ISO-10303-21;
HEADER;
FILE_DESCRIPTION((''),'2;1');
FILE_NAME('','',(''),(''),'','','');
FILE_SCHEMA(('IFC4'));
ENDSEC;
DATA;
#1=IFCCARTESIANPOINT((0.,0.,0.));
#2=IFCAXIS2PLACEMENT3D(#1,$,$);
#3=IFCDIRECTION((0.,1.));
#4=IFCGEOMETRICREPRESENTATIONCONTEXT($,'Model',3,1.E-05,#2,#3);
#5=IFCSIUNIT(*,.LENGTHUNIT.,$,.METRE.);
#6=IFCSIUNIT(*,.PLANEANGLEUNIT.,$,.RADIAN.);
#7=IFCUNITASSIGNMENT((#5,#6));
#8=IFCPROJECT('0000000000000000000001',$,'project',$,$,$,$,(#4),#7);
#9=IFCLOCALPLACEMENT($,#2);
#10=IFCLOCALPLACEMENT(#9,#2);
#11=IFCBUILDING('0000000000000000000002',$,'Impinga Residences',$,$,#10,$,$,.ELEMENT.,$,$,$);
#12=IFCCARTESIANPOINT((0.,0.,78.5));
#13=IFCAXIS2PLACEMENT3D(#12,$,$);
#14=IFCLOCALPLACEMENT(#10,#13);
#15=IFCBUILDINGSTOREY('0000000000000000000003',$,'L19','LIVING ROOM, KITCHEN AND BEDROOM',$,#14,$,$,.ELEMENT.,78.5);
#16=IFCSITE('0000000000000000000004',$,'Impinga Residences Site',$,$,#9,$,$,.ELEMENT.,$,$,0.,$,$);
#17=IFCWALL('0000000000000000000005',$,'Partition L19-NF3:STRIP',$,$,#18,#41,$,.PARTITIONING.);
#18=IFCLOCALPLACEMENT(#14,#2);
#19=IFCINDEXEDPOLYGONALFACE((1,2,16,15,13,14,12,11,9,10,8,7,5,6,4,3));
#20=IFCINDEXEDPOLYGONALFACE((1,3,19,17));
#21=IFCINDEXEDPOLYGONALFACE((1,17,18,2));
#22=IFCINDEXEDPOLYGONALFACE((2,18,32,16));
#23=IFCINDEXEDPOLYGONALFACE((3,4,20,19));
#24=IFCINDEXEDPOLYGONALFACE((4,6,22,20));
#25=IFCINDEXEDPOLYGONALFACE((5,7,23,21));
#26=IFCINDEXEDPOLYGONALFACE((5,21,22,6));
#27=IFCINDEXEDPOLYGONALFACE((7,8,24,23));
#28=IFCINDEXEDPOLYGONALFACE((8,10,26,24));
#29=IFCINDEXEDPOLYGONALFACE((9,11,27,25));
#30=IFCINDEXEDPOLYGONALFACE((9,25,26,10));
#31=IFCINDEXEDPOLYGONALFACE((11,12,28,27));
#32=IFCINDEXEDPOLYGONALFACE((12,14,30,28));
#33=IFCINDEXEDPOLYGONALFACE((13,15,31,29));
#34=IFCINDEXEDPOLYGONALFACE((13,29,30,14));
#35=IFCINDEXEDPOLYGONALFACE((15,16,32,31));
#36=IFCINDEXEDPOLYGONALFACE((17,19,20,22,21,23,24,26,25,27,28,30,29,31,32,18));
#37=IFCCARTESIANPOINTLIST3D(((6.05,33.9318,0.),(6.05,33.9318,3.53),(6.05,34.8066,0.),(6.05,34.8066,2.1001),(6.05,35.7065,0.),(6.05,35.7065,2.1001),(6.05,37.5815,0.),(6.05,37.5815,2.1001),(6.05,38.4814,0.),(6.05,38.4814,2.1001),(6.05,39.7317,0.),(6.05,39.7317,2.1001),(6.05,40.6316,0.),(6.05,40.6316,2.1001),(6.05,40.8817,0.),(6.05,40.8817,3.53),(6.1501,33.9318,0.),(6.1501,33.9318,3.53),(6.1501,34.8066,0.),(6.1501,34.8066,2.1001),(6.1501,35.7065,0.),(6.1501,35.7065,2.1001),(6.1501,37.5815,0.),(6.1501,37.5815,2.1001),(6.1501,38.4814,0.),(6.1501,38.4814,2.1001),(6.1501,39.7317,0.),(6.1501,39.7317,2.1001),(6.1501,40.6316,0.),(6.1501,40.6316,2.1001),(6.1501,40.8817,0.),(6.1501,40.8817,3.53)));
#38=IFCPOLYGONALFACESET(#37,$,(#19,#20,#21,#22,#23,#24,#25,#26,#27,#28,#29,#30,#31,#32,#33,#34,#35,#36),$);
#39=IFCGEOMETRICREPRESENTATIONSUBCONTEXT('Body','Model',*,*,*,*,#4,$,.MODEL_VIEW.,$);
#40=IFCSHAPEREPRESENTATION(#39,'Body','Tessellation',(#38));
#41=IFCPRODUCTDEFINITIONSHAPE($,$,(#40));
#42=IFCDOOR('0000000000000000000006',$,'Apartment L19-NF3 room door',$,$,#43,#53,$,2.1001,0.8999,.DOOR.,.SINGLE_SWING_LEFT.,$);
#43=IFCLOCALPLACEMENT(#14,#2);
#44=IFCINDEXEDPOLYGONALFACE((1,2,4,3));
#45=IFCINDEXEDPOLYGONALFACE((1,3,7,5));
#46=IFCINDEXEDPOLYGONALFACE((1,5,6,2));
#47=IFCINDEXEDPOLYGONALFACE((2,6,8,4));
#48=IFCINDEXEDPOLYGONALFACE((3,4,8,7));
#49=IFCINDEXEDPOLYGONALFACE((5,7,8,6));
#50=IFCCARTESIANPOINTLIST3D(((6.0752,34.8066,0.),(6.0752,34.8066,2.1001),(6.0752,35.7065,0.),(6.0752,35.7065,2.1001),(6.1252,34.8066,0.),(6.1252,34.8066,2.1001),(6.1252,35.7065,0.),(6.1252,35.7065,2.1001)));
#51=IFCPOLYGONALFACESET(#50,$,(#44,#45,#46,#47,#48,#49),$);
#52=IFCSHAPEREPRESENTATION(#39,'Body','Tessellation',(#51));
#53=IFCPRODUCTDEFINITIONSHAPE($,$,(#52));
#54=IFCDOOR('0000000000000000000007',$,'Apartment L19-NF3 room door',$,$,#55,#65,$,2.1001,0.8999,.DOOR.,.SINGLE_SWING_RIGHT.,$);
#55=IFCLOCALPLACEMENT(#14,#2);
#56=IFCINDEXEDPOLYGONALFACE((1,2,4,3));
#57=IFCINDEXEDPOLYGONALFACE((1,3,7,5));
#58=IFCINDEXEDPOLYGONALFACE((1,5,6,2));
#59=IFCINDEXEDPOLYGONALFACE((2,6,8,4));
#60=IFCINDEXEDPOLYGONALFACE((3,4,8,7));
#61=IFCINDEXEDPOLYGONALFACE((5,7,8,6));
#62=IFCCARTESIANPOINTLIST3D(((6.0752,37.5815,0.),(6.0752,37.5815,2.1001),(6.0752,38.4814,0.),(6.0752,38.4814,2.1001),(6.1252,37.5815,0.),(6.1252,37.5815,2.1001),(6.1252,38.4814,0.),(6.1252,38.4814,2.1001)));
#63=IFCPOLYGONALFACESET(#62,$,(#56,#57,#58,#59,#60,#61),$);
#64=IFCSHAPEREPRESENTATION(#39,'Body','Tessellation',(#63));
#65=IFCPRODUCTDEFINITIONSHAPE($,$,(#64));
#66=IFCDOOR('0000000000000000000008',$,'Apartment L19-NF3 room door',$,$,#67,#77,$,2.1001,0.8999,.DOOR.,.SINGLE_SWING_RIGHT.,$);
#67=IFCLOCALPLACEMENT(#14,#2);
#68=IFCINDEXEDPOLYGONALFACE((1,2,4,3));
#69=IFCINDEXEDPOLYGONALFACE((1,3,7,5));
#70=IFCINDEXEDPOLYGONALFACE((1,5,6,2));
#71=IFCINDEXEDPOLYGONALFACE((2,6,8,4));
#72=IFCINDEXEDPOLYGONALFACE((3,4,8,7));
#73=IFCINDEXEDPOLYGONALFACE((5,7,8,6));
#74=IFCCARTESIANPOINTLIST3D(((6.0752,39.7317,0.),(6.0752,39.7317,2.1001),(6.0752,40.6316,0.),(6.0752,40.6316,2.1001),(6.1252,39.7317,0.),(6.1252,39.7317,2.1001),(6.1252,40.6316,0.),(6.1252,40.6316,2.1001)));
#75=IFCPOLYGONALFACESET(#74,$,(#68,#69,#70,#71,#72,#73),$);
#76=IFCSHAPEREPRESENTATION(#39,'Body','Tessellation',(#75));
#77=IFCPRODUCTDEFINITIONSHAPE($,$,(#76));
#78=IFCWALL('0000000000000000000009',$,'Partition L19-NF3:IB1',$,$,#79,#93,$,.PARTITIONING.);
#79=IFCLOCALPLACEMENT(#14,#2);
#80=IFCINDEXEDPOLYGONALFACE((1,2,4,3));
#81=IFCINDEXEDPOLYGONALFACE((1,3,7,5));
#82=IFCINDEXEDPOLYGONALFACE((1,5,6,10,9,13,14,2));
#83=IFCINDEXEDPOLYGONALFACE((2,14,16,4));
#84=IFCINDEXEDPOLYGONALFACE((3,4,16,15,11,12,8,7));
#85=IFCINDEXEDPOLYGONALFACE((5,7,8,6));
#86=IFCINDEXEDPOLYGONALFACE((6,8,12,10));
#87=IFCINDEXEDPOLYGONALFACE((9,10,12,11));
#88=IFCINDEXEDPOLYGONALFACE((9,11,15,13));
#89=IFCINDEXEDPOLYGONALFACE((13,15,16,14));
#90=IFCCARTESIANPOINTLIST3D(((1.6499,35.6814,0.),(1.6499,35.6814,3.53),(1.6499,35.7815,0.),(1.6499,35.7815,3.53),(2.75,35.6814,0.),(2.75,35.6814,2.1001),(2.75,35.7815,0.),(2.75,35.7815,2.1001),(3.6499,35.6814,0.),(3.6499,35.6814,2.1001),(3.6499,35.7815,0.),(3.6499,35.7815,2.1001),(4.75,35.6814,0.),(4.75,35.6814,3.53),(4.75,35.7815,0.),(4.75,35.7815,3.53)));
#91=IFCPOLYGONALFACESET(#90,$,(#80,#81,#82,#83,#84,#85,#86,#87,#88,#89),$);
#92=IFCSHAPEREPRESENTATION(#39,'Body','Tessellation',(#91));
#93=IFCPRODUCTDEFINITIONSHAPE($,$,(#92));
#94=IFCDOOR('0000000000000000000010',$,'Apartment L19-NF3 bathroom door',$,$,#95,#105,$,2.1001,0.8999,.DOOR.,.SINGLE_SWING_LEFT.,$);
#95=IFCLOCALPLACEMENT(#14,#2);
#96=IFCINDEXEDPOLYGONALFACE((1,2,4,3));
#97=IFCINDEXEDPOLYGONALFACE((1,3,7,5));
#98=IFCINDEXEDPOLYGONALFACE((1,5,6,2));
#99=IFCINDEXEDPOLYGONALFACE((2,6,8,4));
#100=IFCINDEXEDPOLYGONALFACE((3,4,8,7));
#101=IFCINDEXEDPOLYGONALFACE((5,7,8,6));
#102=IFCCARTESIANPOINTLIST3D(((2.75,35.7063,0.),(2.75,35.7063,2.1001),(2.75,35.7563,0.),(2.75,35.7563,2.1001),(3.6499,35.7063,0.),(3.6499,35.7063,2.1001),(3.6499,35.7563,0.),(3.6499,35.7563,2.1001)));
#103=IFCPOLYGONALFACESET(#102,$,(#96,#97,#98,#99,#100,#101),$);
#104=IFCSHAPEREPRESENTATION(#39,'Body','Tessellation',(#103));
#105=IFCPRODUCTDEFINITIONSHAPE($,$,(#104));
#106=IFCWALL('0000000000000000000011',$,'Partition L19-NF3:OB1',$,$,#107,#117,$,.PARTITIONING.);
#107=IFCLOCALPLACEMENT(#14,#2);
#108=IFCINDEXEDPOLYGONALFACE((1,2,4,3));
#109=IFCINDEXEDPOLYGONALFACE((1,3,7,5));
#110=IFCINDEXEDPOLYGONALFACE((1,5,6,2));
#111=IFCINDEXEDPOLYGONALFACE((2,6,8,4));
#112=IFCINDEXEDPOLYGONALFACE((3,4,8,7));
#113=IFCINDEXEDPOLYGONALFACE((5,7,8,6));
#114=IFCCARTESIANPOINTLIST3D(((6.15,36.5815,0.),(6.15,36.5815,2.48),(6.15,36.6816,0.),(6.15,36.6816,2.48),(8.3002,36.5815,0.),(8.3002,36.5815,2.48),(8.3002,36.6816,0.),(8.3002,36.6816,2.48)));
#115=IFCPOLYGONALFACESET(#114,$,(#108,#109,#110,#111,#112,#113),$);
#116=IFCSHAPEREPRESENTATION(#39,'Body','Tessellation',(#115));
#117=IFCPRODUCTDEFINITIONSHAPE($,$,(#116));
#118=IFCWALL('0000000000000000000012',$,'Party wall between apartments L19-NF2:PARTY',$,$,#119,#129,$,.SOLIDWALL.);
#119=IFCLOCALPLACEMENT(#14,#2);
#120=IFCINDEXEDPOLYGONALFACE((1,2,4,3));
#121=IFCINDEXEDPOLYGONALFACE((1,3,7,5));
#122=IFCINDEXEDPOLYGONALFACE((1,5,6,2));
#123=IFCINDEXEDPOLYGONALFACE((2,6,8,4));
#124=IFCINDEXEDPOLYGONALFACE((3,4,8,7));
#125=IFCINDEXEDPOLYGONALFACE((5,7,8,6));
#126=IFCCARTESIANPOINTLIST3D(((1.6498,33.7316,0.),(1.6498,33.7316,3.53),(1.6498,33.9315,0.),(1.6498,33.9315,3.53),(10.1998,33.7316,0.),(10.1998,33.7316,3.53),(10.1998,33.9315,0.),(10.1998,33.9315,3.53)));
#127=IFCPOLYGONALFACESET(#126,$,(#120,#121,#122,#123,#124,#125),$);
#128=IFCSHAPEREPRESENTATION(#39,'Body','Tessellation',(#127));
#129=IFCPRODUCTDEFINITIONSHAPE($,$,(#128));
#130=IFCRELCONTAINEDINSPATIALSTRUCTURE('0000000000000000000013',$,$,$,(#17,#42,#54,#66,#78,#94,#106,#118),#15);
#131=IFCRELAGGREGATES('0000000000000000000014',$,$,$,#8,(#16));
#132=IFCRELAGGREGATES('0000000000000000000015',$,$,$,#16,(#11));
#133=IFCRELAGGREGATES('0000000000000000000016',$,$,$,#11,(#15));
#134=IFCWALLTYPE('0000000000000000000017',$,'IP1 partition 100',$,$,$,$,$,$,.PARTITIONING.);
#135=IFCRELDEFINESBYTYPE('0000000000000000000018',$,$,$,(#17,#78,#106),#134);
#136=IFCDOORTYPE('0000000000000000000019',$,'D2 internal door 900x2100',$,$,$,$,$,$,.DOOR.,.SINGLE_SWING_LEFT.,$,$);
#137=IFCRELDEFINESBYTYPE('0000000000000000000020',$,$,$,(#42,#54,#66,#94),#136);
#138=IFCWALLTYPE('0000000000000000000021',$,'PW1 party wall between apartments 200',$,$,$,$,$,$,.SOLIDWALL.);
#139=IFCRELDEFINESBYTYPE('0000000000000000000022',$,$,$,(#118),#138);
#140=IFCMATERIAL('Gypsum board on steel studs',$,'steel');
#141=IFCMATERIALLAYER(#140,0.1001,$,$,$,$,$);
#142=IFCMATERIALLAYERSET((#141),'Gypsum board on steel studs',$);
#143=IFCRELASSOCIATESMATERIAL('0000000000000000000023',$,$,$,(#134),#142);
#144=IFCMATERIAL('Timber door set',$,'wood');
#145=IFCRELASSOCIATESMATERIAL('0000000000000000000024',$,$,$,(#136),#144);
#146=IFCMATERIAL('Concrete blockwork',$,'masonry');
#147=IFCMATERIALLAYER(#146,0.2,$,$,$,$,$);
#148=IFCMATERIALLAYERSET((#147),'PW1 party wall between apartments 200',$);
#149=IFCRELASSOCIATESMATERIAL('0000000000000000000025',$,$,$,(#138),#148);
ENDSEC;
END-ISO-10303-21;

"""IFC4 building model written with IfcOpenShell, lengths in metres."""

from ifc_helpers import new_model, si_unit, direction, frame, frame_2d, origin, place, context, subcontext, project, spatial, rectangle, extrude, material, layer, layer_set, type_object, element, fill, save


model = new_model("IFC4")

# Units and contexts
model_context = context("Model", 3, precision=1e-05, world=origin(), true_north=direction((0.0, 1.0)))
body_context = subcontext(model_context, "Body", "Model", "MODEL_VIEW")
ifc_project = project(units=[si_unit("LENGTHUNIT", "METRE"), si_unit("PLANEANGLEUNIT", "RADIAN")], contexts=[model_context])

# Site, building, storey
site_placement = place(None, origin())
site = spatial("IfcSite", under=ifc_project, at=site_placement, Name="Impinga Residences Site", CompositionType="ELEMENT", RefElevation=0.0)
building_placement = place(site_placement, origin())
building = spatial("IfcBuilding", under=site, at=building_placement, Name="Impinga Residences", CompositionType="ELEMENT")
storey_placement = place(building_placement, frame((0.0, 0.0, 78.5)))
storey = spatial("IfcBuildingStorey", under=building, at=storey_placement, Name="L19", Description="LIVING ROOM, KITCHEN AND BEDROOM", CompositionType="ELEMENT", Elevation=78.5)

# Shared definitions
ifc_material_1 = material(Name="Gypsum board on steel studs", Category="steel")
ifc_layer_1 = layer(ifc_material_1, 0.1001)
ifc_layer_set_1 = layer_set([ifc_layer_1], Name="Gypsum board on steel studs")
wall_type_1 = type_object("IfcWallType", Name="IP1 partition 100", PredefinedType="PARTITIONING", material=ifc_layer_set_1)

# Shared definitions
ifc_material_2 = material(Name="Timber door set", Category="wood")
door_type = type_object("IfcDoorType", Name="D2 internal door 900x2100", OperationType="SINGLE_SWING_LEFT", PredefinedType="DOOR", material=ifc_material_2)

# Wall, openings, doors
wall_1_placement = place(storey_placement, frame((6.1001, 33.9316, 0.0), z_axis=(0.0, 0.0, 1.0), x_axis=(0.0, 1.0, 0.0)))
wall_1 = element("IfcWall", 1, at=wall_1_placement, inside=storey, type_object=wall_type_1, Name="Partition L19-NF3:STRIP", PredefinedType="PARTITIONING", context=body_context, shape_type="SweptSolid", body=[
    extrude(rectangle(XDim=6.95, YDim=0.1001, at=frame_2d((3.4751, 0.0))), origin(), (0.0, 0.0, 1.0), 3.53),
])
opening_1_placement = place(wall_1_placement, frame((0.875, 0.0, 0.0)))
opening_1 = element("IfcOpeningElement", 2, at=opening_1_placement, cuts=wall_1, PredefinedType="OPENING", context=body_context, shape_type="SweptSolid", body=[
    extrude(rectangle(XDim=0.8999, YDim=2.1001, at=frame_2d((0.45, 1.05))), frame((0.0, 0.0601, 0.0), z_axis=(0.0, -1.0, 0.0), x_axis=(1.0, 0.0, 0.0)), (0.0, 0.0, 1.0), 0.1201),
])
opening_2_placement = place(wall_1_placement, frame((3.6499, 0.0, 0.0)))
opening_2 = element("IfcOpeningElement", 3, at=opening_2_placement, cuts=wall_1, PredefinedType="OPENING", context=body_context, shape_type="SweptSolid", body=[
    extrude(rectangle(XDim=0.8999, YDim=2.1001, at=frame_2d((0.45, 1.05))), frame((0.0, 0.0601, 0.0), z_axis=(0.0, -1.0, 0.0), x_axis=(1.0, 0.0, 0.0)), (0.0, 0.0, 1.0), 0.1201),
])
opening_3_placement = place(wall_1_placement, frame((5.8, 0.0, 0.0)))
opening_3 = element("IfcOpeningElement", 4, at=opening_3_placement, cuts=wall_1, PredefinedType="OPENING", context=body_context, shape_type="SweptSolid", body=[
    extrude(rectangle(XDim=0.8999, YDim=2.1001, at=frame_2d((0.45, 1.05))), frame((0.0, 0.0601, 0.0), z_axis=(0.0, -1.0, 0.0), x_axis=(1.0, 0.0, 0.0)), (0.0, 0.0, 1.0), 0.1201),
])
door_1_placement = place(opening_1_placement, origin())
door_1 = element("IfcDoor", 5, at=door_1_placement, inside=storey, type_object=door_type, Name="Apartment L19-NF3 room door", OperationType="SINGLE_SWING_LEFT", OverallHeight=2.1001, OverallWidth=0.8999, PredefinedType="DOOR", context=body_context, shape_type="SweptSolid", body=[
    extrude(rectangle(XDim=0.8999, YDim=2.1001, at=frame_2d((0.45, 1.05))), frame((0.0, 0.0249, 0.0), z_axis=(0.0, -1.0, 0.0), x_axis=(1.0, 0.0, 0.0)), (0.0, 0.0, 1.0), 0.05),
])
fill(opening_1, door_1)
door_2_placement = place(opening_2_placement, origin())
door_2 = element("IfcDoor", 6, at=door_2_placement, inside=storey, type_object=door_type, Name="Apartment L19-NF3 room door", OperationType="SINGLE_SWING_RIGHT", OverallHeight=2.1001, OverallWidth=0.8999, PredefinedType="DOOR", context=body_context, shape_type="SweptSolid", body=[
    extrude(rectangle(XDim=0.8999, YDim=2.1001, at=frame_2d((0.45, 1.05))), frame((0.0, 0.0249, 0.0), z_axis=(0.0, -1.0, 0.0), x_axis=(1.0, 0.0, 0.0)), (0.0, 0.0, 1.0), 0.05),
])
fill(opening_2, door_2)
door_3_placement = place(opening_3_placement, origin())
door_3 = element("IfcDoor", 7, at=door_3_placement, inside=storey, type_object=door_type, Name="Apartment L19-NF3 room door", OperationType="SINGLE_SWING_RIGHT", OverallHeight=2.1001, OverallWidth=0.8999, PredefinedType="DOOR", context=body_context, shape_type="SweptSolid", body=[
    extrude(rectangle(XDim=0.8999, YDim=2.1001, at=frame_2d((0.45, 1.05))), frame((0.0, 0.0249, 0.0), z_axis=(0.0, -1.0, 0.0), x_axis=(1.0, 0.0, 0.0)), (0.0, 0.0, 1.0), 0.05),
])
fill(opening_3, door_3)

# Wall, opening, door
wall_2_placement = place(storey_placement, frame((1.6499, 35.7314, 0.0), z_axis=(0.0, 0.0, 1.0), x_axis=(1.0, 0.0, 0.0)))
wall_2 = element("IfcWall", 8, at=wall_2_placement, inside=storey, type_object=wall_type_1, Name="Partition L19-NF3:IB1", PredefinedType="PARTITIONING", context=body_context, shape_type="SweptSolid", body=[
    extrude(rectangle(XDim=3.1001, YDim=0.1001, at=frame_2d((1.55, 0.0))), origin(), (0.0, 0.0, 1.0), 3.53),
])
opening_4_placement = place(wall_2_placement, frame((1.1001, 0.0, 0.0)))
opening_4 = element("IfcOpeningElement", 9, at=opening_4_placement, cuts=wall_2, PredefinedType="OPENING", context=body_context, shape_type="SweptSolid", body=[
    extrude(rectangle(XDim=0.8999, YDim=2.1001, at=frame_2d((0.45, 1.05))), frame((0.0, 0.0601, 0.0), z_axis=(0.0, -1.0, 0.0), x_axis=(1.0, 0.0, 0.0)), (0.0, 0.0, 1.0), 0.1201),
])
door_4_placement = place(opening_4_placement, origin())
door_4 = element("IfcDoor", 10, at=door_4_placement, inside=storey, type_object=door_type, Name="Apartment L19-NF3 bathroom door", OperationType="SINGLE_SWING_LEFT", OverallHeight=2.1001, OverallWidth=0.8999, PredefinedType="DOOR", context=body_context, shape_type="SweptSolid", body=[
    extrude(rectangle(XDim=0.8999, YDim=2.1001, at=frame_2d((0.45, 1.05))), frame((0.0, 0.0249, 0.0), z_axis=(0.0, -1.0, 0.0), x_axis=(1.0, 0.0, 0.0)), (0.0, 0.0, 1.0), 0.05),
])
fill(opening_4, door_4)

# Walls
wall_3_placement = place(storey_placement, frame((6.1499, 36.6316, 0.0), z_axis=(0.0, 0.0, 1.0), x_axis=(1.0, 0.0, 0.0)))
element("IfcWall", 11, at=wall_3_placement, inside=storey, type_object=wall_type_1, Name="Partition L19-NF3:OB1", PredefinedType="PARTITIONING", context=body_context, shape_type="SweptSolid", body=[
    extrude(rectangle(XDim=2.1501, YDim=0.1001, at=frame_2d((1.0752, 0.0))), origin(), (0.0, 0.0, 1.0), 2.48),
])
ifc_material_3 = material(Name="Concrete blockwork", Category="masonry")
ifc_layer_2 = layer(ifc_material_3, 0.2)
ifc_layer_set_2 = layer_set([ifc_layer_2], Name="PW1 party wall between apartments 200")
wall_type_2 = type_object("IfcWallType", Name="PW1 party wall between apartments 200", PredefinedType="SOLIDWALL", material=ifc_layer_set_2)
wall_4_placement = place(storey_placement, frame((1.6499, 33.8315, 0.0), z_axis=(0.0, 0.0, 1.0), x_axis=(1.0, 0.0, 0.0)))
element("IfcWall", 12, at=wall_4_placement, inside=storey, type_object=wall_type_2, Name="Party wall between apartments L19-NF2:PARTY", PredefinedType="SOLIDWALL", context=body_context, shape_type="SweptSolid", body=[
    extrude(rectangle(XDim=8.55, YDim=0.2, at=frame_2d((4.2749, 0.0))), origin(), (0.0, 0.0, 1.0), 3.53),
])

save(model, "model.ifc")
